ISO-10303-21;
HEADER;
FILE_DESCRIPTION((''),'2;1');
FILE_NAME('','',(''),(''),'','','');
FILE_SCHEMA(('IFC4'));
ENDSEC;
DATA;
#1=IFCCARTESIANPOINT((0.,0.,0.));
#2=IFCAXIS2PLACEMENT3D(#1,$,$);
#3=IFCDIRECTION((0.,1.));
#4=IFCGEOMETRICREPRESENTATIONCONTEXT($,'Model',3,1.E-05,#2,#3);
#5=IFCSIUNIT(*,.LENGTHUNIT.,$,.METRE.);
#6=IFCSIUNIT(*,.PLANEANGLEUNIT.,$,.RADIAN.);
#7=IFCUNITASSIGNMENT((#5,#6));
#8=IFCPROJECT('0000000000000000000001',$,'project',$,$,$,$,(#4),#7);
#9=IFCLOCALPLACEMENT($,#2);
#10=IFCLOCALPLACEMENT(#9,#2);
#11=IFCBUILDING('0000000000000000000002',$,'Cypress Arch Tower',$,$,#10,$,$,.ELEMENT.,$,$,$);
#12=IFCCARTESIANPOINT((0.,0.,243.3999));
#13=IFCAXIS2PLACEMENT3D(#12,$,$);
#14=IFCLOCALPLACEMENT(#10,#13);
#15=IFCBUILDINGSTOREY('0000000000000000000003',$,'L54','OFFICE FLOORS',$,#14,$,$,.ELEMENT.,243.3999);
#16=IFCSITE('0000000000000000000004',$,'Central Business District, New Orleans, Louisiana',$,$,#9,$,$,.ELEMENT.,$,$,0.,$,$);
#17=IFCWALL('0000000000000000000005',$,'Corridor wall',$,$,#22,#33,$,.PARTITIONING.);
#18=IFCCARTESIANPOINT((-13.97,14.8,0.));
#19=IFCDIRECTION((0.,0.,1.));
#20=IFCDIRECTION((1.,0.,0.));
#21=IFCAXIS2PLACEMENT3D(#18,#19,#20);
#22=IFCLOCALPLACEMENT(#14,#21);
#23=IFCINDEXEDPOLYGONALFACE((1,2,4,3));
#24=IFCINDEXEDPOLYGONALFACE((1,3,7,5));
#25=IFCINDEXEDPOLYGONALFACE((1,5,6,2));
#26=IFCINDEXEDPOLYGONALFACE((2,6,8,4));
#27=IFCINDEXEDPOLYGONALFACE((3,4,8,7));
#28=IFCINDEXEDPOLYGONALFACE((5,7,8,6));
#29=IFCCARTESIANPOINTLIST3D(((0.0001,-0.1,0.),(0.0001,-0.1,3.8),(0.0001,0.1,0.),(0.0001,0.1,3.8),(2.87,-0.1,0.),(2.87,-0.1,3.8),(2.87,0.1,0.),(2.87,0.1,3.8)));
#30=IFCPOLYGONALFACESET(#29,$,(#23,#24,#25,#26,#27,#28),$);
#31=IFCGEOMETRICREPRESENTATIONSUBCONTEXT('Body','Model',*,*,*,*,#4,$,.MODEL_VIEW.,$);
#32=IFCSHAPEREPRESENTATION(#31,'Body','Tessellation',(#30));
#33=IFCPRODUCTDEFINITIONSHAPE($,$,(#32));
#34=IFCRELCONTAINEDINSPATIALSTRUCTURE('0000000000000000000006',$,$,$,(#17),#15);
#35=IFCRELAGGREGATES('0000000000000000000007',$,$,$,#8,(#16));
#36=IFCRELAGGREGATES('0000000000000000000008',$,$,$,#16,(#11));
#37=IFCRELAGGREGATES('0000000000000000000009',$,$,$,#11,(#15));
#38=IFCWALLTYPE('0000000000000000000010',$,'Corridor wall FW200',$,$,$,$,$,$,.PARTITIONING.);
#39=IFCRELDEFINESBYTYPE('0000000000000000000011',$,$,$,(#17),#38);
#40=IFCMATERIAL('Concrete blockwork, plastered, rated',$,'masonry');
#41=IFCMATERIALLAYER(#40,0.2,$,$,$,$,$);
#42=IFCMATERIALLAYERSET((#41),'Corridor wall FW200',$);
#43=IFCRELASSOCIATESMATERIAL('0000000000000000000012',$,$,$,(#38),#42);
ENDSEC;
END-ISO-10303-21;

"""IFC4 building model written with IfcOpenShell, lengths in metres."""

from ifc_helpers import new_model, si_unit, direction, frame, frame_2d, origin, place, context, subcontext, project, spatial, rectangle, extrude, material, layer, layer_set, type_object, element, save


model = new_model("IFC4")

# Units and contexts
model_context = context("Model", 3, precision=1e-05, world=origin(), true_north=direction((0.0, 1.0)))
body_context = subcontext(model_context, "Body", "Model", "MODEL_VIEW")
ifc_project = project(units=[si_unit("LENGTHUNIT", "METRE"), si_unit("PLANEANGLEUNIT", "RADIAN")], contexts=[model_context])

# Site, building, storey
site_placement = place(None, origin())
site = spatial("IfcSite", under=ifc_project, at=site_placement, Name="Central Business District, New Orleans, Louisiana", CompositionType="ELEMENT", RefElevation=0.0)
building_placement = place(site_placement, origin())
building = spatial("IfcBuilding", under=site, at=building_placement, Name="Cypress Arch Tower", CompositionType="ELEMENT")
storey_placement = place(building_placement, frame((0.0, 0.0, 243.3999)))
storey = spatial("IfcBuildingStorey", under=building, at=storey_placement, Name="L54", Description="OFFICE FLOORS", CompositionType="ELEMENT", Elevation=243.3999)

# Wall
ifc_material_1 = material(Name="Concrete blockwork, plastered, rated", Category="masonry")
ifc_layer_1 = layer(ifc_material_1, 0.2)
ifc_layer_set_1 = layer_set([ifc_layer_1], Name="Corridor wall FW200")
wall_type_1 = type_object("IfcWallType", Name="Corridor wall FW200", PredefinedType="PARTITIONING", material=ifc_layer_set_1)
wall_1_placement = place(storey_placement, frame((-13.97, 14.8, 0.0), z_axis=(0.0, 0.0, 1.0), x_axis=(1.0, 0.0, 0.0)))
element("IfcWall", 1, at=wall_1_placement, inside=storey, type_object=wall_type_1, Name="Corridor wall", PredefinedType="PARTITIONING", context=body_context, shape_type="SweptSolid", body=[
    extrude(rectangle(XDim=2.8699, YDim=0.2, at=frame_2d((1.4351, 0.0))), origin(), (0.0, 0.0, 1.0), 3.8),
])

save(model, "model.ifc")
